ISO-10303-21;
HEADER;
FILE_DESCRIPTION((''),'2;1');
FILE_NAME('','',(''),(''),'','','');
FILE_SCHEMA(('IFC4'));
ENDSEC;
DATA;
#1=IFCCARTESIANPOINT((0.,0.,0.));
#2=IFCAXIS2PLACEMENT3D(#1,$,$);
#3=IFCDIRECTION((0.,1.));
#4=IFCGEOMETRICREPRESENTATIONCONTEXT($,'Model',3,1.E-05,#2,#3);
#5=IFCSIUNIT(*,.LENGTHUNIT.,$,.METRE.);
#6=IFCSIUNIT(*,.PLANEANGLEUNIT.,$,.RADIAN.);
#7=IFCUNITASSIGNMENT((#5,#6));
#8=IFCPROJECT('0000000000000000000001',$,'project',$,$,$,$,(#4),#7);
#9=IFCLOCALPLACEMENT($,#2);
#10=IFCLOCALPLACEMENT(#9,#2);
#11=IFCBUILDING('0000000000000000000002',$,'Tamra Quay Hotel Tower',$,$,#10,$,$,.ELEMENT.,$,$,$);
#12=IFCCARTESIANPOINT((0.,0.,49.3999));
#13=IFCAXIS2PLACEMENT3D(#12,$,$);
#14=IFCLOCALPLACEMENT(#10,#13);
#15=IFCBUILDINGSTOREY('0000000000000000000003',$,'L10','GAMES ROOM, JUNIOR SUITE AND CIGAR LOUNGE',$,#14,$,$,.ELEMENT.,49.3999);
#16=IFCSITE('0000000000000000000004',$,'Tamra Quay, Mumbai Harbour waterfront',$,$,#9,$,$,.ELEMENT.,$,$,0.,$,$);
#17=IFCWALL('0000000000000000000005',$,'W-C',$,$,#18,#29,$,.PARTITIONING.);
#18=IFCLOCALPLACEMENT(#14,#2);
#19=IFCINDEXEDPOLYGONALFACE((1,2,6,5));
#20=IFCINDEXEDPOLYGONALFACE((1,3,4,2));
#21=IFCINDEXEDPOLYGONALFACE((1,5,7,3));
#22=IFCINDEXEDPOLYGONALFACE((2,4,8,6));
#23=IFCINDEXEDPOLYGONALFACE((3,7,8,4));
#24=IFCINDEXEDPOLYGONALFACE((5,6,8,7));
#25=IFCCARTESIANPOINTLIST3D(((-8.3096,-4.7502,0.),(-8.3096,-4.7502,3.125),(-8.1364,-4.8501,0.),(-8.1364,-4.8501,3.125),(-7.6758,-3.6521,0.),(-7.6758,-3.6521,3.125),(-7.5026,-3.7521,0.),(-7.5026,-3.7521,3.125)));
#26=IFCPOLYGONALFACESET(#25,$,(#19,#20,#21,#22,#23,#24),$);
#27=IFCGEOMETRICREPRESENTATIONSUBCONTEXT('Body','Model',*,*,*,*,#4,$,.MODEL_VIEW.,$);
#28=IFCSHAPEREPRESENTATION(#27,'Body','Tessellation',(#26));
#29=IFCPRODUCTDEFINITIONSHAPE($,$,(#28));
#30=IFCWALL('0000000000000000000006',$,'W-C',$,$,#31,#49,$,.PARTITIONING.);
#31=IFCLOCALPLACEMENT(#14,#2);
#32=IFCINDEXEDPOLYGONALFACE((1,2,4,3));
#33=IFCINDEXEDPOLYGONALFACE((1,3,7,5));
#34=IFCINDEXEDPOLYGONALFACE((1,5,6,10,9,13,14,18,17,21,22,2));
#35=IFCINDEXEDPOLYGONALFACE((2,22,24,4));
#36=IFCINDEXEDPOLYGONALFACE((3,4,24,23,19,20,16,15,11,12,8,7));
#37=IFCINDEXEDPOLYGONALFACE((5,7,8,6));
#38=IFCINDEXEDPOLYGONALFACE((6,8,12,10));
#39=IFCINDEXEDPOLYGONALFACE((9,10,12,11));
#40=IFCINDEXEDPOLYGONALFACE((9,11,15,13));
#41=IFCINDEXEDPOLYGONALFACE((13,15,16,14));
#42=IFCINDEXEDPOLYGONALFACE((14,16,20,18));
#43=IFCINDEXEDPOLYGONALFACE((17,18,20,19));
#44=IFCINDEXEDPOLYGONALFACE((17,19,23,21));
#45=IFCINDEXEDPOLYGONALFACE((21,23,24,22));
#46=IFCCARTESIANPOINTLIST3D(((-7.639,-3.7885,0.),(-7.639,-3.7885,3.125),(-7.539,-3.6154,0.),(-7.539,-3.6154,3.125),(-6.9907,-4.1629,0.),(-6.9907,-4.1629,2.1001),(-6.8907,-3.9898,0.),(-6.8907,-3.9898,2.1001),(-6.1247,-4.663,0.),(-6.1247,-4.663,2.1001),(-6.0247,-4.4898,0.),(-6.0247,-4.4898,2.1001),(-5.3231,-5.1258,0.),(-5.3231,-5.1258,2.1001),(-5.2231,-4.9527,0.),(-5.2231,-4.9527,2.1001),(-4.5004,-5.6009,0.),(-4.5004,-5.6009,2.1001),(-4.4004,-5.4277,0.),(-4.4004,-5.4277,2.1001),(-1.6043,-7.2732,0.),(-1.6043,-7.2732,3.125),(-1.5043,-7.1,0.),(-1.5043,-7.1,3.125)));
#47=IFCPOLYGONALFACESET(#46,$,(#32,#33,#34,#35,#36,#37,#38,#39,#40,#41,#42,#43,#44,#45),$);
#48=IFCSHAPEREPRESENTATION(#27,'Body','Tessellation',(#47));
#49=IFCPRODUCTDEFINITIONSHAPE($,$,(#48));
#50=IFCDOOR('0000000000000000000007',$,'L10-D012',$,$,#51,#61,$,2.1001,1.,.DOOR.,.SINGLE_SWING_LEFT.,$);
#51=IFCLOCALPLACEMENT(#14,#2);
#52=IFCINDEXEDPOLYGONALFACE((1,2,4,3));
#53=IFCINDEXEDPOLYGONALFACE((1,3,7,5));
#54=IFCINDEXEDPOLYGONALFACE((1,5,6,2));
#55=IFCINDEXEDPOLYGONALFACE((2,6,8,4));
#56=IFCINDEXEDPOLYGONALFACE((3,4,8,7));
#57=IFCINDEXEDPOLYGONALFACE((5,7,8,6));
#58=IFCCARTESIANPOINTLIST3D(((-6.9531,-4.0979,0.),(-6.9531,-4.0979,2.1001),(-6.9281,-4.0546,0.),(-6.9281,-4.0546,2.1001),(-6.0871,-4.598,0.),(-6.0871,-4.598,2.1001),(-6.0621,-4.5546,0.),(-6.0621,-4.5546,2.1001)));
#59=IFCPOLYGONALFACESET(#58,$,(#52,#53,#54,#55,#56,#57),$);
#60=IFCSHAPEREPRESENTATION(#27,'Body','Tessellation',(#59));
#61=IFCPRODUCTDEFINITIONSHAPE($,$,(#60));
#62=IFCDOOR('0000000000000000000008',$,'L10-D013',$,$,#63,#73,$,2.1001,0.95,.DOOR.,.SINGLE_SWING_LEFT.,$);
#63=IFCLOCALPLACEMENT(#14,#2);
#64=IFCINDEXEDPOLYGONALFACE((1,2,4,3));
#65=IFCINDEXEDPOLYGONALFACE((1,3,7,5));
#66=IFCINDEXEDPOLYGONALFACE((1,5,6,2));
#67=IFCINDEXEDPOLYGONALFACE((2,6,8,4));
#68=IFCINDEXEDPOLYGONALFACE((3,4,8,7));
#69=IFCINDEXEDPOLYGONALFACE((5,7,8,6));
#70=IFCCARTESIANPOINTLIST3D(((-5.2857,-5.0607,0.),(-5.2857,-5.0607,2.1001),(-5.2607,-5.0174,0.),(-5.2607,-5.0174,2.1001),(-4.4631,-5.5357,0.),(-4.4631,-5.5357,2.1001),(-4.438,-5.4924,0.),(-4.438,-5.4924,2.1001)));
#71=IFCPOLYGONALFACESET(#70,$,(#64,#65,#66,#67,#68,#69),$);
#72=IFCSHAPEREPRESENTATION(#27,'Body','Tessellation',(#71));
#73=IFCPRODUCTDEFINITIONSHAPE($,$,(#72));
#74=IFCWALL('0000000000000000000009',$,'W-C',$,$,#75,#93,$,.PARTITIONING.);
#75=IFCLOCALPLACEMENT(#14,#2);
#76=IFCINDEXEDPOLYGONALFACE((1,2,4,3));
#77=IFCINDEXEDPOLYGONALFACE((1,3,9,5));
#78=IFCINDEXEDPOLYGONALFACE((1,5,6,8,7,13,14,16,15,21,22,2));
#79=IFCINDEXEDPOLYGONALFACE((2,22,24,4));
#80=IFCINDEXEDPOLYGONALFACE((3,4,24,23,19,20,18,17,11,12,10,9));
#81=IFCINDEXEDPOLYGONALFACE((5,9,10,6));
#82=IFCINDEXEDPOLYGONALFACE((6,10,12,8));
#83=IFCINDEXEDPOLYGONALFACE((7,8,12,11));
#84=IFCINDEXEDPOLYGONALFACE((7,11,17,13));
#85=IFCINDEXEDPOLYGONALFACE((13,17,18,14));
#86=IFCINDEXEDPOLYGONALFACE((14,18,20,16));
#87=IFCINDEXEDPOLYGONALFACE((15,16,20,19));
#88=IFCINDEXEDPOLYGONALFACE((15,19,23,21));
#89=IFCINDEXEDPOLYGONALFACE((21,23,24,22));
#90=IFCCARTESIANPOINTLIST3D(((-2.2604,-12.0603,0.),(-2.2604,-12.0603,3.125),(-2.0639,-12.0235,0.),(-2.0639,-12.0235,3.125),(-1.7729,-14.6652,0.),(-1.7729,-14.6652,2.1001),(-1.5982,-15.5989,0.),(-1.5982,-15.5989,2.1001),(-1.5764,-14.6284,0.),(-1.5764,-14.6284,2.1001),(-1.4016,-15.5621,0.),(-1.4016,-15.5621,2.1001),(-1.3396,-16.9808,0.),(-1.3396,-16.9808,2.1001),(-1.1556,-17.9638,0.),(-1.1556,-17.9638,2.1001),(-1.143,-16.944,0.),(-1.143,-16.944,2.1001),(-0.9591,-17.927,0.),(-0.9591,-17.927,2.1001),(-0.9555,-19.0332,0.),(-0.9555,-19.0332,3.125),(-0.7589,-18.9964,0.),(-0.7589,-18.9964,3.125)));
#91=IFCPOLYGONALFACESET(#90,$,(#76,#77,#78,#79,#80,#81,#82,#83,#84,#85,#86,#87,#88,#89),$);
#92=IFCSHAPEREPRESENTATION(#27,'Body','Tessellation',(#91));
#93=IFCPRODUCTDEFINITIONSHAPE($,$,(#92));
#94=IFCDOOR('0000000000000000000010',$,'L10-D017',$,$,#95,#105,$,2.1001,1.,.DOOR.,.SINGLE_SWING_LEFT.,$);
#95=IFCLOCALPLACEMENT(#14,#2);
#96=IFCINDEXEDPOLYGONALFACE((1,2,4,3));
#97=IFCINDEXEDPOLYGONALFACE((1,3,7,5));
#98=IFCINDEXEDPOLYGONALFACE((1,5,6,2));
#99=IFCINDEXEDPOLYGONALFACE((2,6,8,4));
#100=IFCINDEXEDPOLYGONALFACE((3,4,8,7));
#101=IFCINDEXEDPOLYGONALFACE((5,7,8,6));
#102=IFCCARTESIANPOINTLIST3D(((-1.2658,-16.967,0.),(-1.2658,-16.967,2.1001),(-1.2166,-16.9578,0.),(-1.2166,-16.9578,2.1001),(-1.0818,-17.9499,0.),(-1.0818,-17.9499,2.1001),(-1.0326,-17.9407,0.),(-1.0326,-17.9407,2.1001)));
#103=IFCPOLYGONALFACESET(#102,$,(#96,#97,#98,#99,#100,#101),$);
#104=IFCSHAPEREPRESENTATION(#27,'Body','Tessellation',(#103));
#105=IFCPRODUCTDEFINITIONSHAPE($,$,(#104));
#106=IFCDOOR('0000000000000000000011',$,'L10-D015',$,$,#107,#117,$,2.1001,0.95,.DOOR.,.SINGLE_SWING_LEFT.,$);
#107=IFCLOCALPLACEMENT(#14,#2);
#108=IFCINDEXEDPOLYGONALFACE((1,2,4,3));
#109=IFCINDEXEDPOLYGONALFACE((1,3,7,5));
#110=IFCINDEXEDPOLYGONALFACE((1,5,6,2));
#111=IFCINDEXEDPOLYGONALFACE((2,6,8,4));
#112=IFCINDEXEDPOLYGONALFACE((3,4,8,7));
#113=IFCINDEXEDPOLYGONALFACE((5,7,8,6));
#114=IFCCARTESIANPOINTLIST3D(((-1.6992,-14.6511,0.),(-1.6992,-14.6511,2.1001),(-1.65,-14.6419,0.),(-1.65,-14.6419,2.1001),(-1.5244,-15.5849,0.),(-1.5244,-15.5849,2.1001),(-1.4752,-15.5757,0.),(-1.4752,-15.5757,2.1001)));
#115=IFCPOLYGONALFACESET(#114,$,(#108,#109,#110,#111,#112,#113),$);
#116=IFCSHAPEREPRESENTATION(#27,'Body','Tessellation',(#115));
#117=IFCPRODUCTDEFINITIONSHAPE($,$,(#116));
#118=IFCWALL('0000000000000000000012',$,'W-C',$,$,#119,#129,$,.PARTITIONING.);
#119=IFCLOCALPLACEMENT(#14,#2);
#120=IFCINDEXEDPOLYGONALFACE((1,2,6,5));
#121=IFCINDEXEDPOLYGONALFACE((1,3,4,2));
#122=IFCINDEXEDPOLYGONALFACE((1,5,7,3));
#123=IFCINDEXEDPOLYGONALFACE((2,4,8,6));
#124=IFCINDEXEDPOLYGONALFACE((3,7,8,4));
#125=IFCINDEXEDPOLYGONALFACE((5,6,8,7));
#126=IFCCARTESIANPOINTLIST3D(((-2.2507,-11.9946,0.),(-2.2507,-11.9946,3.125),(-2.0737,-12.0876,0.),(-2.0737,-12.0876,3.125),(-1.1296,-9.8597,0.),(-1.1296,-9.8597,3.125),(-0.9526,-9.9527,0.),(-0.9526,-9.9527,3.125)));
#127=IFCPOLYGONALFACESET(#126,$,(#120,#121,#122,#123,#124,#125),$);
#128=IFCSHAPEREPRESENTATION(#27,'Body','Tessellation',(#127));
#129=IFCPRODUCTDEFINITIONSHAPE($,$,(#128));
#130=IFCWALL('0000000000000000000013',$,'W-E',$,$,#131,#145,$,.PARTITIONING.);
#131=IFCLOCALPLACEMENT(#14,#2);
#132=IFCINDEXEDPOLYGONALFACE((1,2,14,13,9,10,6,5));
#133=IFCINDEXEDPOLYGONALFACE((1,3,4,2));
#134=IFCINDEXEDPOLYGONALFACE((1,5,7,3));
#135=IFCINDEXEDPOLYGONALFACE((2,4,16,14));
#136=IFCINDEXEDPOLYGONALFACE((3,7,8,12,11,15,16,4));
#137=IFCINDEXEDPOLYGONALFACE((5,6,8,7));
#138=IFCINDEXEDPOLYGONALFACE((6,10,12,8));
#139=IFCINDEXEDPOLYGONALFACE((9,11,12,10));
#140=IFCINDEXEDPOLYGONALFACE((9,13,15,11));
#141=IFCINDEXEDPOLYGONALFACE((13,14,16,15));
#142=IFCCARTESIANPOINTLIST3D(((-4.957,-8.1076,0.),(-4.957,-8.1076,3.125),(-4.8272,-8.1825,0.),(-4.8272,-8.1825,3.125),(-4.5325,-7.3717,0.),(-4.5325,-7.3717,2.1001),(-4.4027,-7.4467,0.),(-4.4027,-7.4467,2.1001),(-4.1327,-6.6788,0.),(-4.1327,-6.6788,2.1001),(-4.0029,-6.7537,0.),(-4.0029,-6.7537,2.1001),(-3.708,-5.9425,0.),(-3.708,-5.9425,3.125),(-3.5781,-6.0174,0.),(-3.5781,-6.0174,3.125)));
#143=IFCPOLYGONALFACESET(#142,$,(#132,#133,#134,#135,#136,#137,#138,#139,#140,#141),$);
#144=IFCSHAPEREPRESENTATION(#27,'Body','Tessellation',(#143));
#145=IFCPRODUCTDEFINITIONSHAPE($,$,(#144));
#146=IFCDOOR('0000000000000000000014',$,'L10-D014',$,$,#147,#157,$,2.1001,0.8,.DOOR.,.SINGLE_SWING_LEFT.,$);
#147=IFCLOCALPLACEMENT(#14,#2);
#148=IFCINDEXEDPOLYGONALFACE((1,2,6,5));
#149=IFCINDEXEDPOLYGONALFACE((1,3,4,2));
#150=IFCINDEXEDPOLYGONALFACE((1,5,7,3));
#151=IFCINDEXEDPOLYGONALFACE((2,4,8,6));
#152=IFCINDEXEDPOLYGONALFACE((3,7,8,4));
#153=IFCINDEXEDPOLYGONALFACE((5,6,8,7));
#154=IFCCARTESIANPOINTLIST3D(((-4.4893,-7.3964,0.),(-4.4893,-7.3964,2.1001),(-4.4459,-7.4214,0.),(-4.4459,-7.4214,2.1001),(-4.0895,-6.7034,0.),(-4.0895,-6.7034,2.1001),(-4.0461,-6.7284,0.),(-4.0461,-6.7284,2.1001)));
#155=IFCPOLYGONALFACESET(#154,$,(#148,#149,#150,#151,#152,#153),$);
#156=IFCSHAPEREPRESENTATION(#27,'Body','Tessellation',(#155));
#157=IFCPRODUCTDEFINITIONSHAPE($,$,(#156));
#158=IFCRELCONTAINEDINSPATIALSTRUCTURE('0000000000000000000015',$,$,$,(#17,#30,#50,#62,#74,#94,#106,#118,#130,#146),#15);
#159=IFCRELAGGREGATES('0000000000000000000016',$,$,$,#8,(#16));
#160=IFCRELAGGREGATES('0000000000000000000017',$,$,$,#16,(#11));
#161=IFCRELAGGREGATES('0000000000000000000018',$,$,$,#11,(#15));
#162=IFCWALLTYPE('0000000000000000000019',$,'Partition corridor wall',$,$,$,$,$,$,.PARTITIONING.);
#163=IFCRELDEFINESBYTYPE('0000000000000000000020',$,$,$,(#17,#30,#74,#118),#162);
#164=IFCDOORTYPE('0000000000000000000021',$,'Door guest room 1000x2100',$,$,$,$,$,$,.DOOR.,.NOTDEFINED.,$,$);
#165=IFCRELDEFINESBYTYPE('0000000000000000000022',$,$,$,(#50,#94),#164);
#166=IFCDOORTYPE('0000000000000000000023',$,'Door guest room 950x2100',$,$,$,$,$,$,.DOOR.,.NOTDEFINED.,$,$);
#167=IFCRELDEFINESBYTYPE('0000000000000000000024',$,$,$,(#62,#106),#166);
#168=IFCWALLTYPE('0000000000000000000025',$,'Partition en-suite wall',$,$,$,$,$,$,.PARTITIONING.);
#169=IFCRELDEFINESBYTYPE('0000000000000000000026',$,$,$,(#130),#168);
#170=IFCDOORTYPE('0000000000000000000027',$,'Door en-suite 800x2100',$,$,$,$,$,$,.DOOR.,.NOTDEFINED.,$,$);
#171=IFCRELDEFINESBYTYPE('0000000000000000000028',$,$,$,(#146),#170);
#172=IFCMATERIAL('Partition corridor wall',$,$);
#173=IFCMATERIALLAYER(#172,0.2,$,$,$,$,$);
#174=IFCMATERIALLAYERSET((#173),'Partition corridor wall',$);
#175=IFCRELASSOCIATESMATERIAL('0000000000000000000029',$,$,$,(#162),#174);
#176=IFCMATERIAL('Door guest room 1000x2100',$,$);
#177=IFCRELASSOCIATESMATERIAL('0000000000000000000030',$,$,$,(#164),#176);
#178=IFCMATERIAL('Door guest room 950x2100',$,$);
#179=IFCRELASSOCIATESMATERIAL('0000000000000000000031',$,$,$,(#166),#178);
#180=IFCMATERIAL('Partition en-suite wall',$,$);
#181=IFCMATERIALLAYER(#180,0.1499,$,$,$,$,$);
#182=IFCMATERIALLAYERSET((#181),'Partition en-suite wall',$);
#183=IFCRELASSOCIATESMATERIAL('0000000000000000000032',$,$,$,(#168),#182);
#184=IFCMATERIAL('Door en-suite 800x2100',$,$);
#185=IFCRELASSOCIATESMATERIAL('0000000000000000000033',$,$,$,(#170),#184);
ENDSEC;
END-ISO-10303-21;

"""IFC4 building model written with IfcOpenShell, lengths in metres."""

from ifc_helpers import new_model, si_unit, direction, frame, frame_2d, origin, place, context, subcontext, project, spatial, rectangle, extrude, material, layer, layer_set, type_object, element, fill, save


model = new_model("IFC4")

# Units and contexts
model_context = context("Model", 3, precision=1e-05, world=origin(), true_north=direction((0.0, 1.0)))
body_context = subcontext(model_context, "Body", "Model", "MODEL_VIEW")
ifc_project = project(units=[si_unit("LENGTHUNIT", "METRE"), si_unit("PLANEANGLEUNIT", "RADIAN")], contexts=[model_context])

# Site, building, storey
site_placement = place(None, origin())
site = spatial("IfcSite", under=ifc_project, at=site_placement, Name="Tamra Quay, Mumbai Harbour waterfront", CompositionType="ELEMENT", RefElevation=0.0)
building_placement = place(site_placement, origin())
building = spatial("IfcBuilding", under=site, at=building_placement, Name="Tamra Quay Hotel Tower", CompositionType="ELEMENT")
storey_placement = place(building_placement, frame((0.0, 0.0, 49.3999)))
storey = spatial("IfcBuildingStorey", under=building, at=storey_placement, Name="L10", Description="GAMES ROOM, JUNIOR SUITE AND CIGAR LOUNGE", CompositionType="ELEMENT", Elevation=49.3999)

# Wall
ifc_material_1 = material(Name="Partition corridor wall")
ifc_layer_1 = layer(ifc_material_1, 0.2)
ifc_layer_set_1 = layer_set([ifc_layer_1], Name="Partition corridor wall")
wall_type_1 = type_object("IfcWallType", Name="Partition corridor wall", PredefinedType="PARTITIONING", material=ifc_layer_set_1)
wall_1_placement = place(storey_placement, frame((-8.2229, -4.8, 0.0), z_axis=(0.0, 0.0, 1.0), x_axis=(0.499867, 0.866102, 0.0)))
element("IfcWall", 1, at=wall_1_placement, inside=storey, type_object=wall_type_1, Name="W-C", PredefinedType="PARTITIONING", context=body_context, shape_type="SweptSolid", body=[
    extrude(rectangle(XDim=1.2678, YDim=0.2, at=frame_2d((0.6338, 0.0))), origin(), (0.0, 0.0, 1.0), 3.125),
])

# Walls, openings, doors
wall_2_placement = place(storey_placement, frame((-7.5891, -3.7019, 0.0), z_axis=(0.0, 0.0, 1.0), x_axis=(0.865994, -0.500054, 0.0)))
wall_2 = element("IfcWall", 2, at=wall_2_placement, inside=storey, type_object=wall_type_1, Name="W-C", PredefinedType="PARTITIONING", context=body_context, shape_type="SweptSolid", body=[
    extrude(rectangle(XDim=6.9685, YDim=0.2, at=frame_2d((3.4844, 0.0))), origin(), (0.0, 0.0, 1.0), 3.125),
])
opening_1_placement = place(wall_2_placement, frame((0.7488, 0.0, 0.0)))
opening_1 = element("IfcOpeningElement", 3, at=opening_1_placement, cuts=wall_2, PredefinedType="OPENING", context=body_context, shape_type="SweptSolid", body=[
    extrude(rectangle(XDim=1.0, YDim=2.1001, at=frame_2d((0.5, 1.05))), frame((0.0, 0.1099, 0.0), z_axis=(0.0, -1.0, 0.0), x_axis=(1.0, 0.0, 0.0)), (0.0, 0.0, 1.0), 0.22),
])
opening_2_placement = place(wall_2_placement, frame((2.6743, 0.0, 0.0)))
opening_2 = element("IfcOpeningElement", 4, at=opening_2_placement, cuts=wall_2, PredefinedType="OPENING", context=body_context, shape_type="SweptSolid", body=[
    extrude(rectangle(XDim=0.95, YDim=2.1001, at=frame_2d((0.4751, 1.05))), frame((0.0, 0.1099, 0.0), z_axis=(0.0, -1.0, 0.0), x_axis=(1.0, 0.0, 0.0)), (0.0, 0.0, 1.0), 0.22),
])
ifc_material_2 = material(Name="Door guest room 1000x2100")
door_type_1 = type_object("IfcDoorType", Name="Door guest room 1000x2100", OperationType="NOTDEFINED", PredefinedType="DOOR", material=ifc_material_2)
door_1_placement = place(opening_1_placement, frame((1.0, 0.0, 0.0), z_axis=(0.0, 0.0, 1.0), x_axis=(-1.0, 0.0, 0.0)))
door_1 = element("IfcDoor", 5, at=door_1_placement, inside=storey, type_object=door_type_1, Name="L10-D012", OperationType="SINGLE_SWING_LEFT", OverallHeight=2.1001, OverallWidth=1.0, PredefinedType="DOOR", context=body_context, shape_type="SweptSolid", body=[
    extrude(rectangle(XDim=1.0, YDim=2.1001, at=frame_2d((0.5, 1.05))), frame((0.0, 0.0249, 0.0), z_axis=(0.0, -1.0, 0.0), x_axis=(1.0, 0.0, 0.0)), (0.0, 0.0, 1.0), 0.05),
])
fill(opening_1, door_1)
ifc_material_3 = material(Name="Door guest room 950x2100")
door_type_2 = type_object("IfcDoorType", Name="Door guest room 950x2100", OperationType="NOTDEFINED", PredefinedType="DOOR", material=ifc_material_3)
door_2_placement = place(opening_2_placement, frame((0.95, 0.0, 0.0), z_axis=(0.0, 0.0, 1.0), x_axis=(-1.0, 0.0, 0.0)))
door_2 = element("IfcDoor", 6, at=door_2_placement, inside=storey, type_object=door_type_2, Name="L10-D013", OperationType="SINGLE_SWING_LEFT", OverallHeight=2.1001, OverallWidth=0.95, PredefinedType="DOOR", context=body_context, shape_type="SweptSolid", body=[
    extrude(rectangle(XDim=0.95, YDim=2.1001, at=frame_2d((0.4751, 1.05))), frame((0.0, 0.0249, 0.0), z_axis=(0.0, -1.0, 0.0), x_axis=(1.0, 0.0, 0.0)), (0.0, 0.0, 1.0), 0.05),
])
fill(opening_2, door_2)
wall_3_placement = place(storey_placement, frame((-2.1621, -12.042, 0.0), z_axis=(0.0, 0.0, 1.0), x_axis=(0.18395, -0.982936, 0.0)))
wall_3 = element("IfcWall", 7, at=wall_3_placement, inside=storey, type_object=wall_type_1, Name="W-C", PredefinedType="PARTITIONING", context=body_context, shape_type="SweptSolid", body=[
    extrude(rectangle(XDim=7.094, YDim=0.2, at=frame_2d((3.5469, 0.0))), origin(), (0.0, 0.0, 1.0), 3.125),
])
opening_3_placement = place(wall_3_placement, frame((2.6499, 0.0, 0.0)))
opening_3 = element("IfcOpeningElement", 8, at=opening_3_placement, cuts=wall_3, PredefinedType="OPENING", context=body_context, shape_type="SweptSolid", body=[
    extrude(rectangle(XDim=0.95, YDim=2.1001, at=frame_2d((0.4751, 1.05))), frame((0.0, 0.1099, 0.0), z_axis=(0.0, -1.0, 0.0), x_axis=(1.0, 0.0, 0.0)), (0.0, 0.0, 1.0), 0.22),
])
opening_4_placement = place(wall_3_placement, frame((5.0059, 0.0, 0.0)))
opening_4 = element("IfcOpeningElement", 9, at=opening_4_placement, cuts=wall_3, PredefinedType="OPENING", context=body_context, shape_type="SweptSolid", body=[
    extrude(rectangle(XDim=1.0, YDim=2.1001, at=frame_2d((0.5, 1.05))), frame((0.0, 0.1099, 0.0), z_axis=(0.0, -1.0, 0.0), x_axis=(1.0, 0.0, 0.0)), (0.0, 0.0, 1.0), 0.22),
])
door_3_placement = place(opening_4_placement, frame((1.0, 0.0, 0.0), z_axis=(0.0, 0.0, 1.0), x_axis=(-1.0, 0.0, 0.0)))
door_3 = element("IfcDoor", 10, at=door_3_placement, inside=storey, type_object=door_type_1, Name="L10-D017", OperationType="SINGLE_SWING_LEFT", OverallHeight=2.1001, OverallWidth=1.0, PredefinedType="DOOR", context=body_context, shape_type="SweptSolid", body=[
    extrude(rectangle(XDim=1.0, YDim=2.1001, at=frame_2d((0.5, 1.05))), frame((0.0, 0.0249, 0.0), z_axis=(0.0, -1.0, 0.0), x_axis=(1.0, 0.0, 0.0)), (0.0, 0.0, 1.0), 0.05),
])
fill(opening_4, door_3)
door_4_placement = place(opening_3_placement, frame((0.95, 0.0, 0.0), z_axis=(0.0, 0.0, 1.0), x_axis=(-1.0, 0.0, 0.0)))
door_4 = element("IfcDoor", 11, at=door_4_placement, inside=storey, type_object=door_type_2, Name="L10-D015", OperationType="SINGLE_SWING_LEFT", OverallHeight=2.1001, OverallWidth=0.95, PredefinedType="DOOR", context=body_context, shape_type="SweptSolid", body=[
    extrude(rectangle(XDim=0.95, YDim=2.1001, at=frame_2d((0.4751, 1.05))), frame((0.0, 0.0249, 0.0), z_axis=(0.0, -1.0, 0.0), x_axis=(1.0, 0.0, 0.0)), (0.0, 0.0, 1.0), 0.05),
])
fill(opening_3, door_4)

# Wall
wall_4_placement = place(storey_placement, frame((-2.1621, -12.041, 0.0), z_axis=(0.0, 0.0, 1.0), x_axis=(0.464903, 0.885361, 0.0)))
element("IfcWall", 12, at=wall_4_placement, inside=storey, type_object=wall_type_1, Name="W-C", PredefinedType="PARTITIONING", context=body_context, shape_type="SweptSolid", body=[
    extrude(rectangle(XDim=2.4114, YDim=0.2, at=frame_2d((1.2056, 0.0))), origin(), (0.0, 0.0, 1.0), 3.125),
])

# Wall, opening, door
ifc_material_4 = material(Name="Partition en-suite wall")
ifc_layer_2 = layer(ifc_material_4, 0.1499)
ifc_layer_set_2 = layer_set([ifc_layer_2], Name="Partition en-suite wall")
wall_type_2 = type_object("IfcWallType", Name="Partition en-suite wall", PredefinedType="PARTITIONING", material=ifc_layer_set_2)
wall_5_placement = place(storey_placement, frame((-4.8921, -8.145, 0.0), z_axis=(0.0, 0.0, 1.0), x_axis=(0.499711, 0.866192, 0.0)))
wall_5 = element("IfcWall", 13, at=wall_5_placement, inside=storey, type_object=wall_type_2, Name="W-E", PredefinedType="PARTITIONING", context=body_context, shape_type="SweptSolid", body=[
    extrude(rectangle(XDim=2.4995, YDim=0.1499, at=frame_2d((1.2498, 0.0))), origin(), (0.0, 0.0, 1.0), 3.125),
])
opening_5_placement = place(wall_5_placement, frame((0.8496, 0.0, 0.0)))
opening_5 = element("IfcOpeningElement", 14, at=opening_5_placement, cuts=wall_5, PredefinedType="OPENING", context=body_context, shape_type="SweptSolid", body=[
    extrude(rectangle(XDim=0.8, YDim=2.1001, at=frame_2d((0.3999, 1.05))), frame((0.0, 0.085, 0.0), z_axis=(0.0, -1.0, 0.0), x_axis=(1.0, 0.0, 0.0)), (0.0, 0.0, 1.0), 0.1699),
])
ifc_material_5 = material(Name="Door en-suite 800x2100")
door_type_3 = type_object("IfcDoorType", Name="Door en-suite 800x2100", OperationType="NOTDEFINED", PredefinedType="DOOR", material=ifc_material_5)
door_5_placement = place(opening_5_placement, frame((0.8, 0.0, 0.0), z_axis=(0.0, 0.0, 1.0), x_axis=(-1.0, 0.0, 0.0)))
door_5 = element("IfcDoor", 15, at=door_5_placement, inside=storey, type_object=door_type_3, Name="L10-D014", OperationType="SINGLE_SWING_LEFT", OverallHeight=2.1001, OverallWidth=0.8, PredefinedType="DOOR", context=body_context, shape_type="SweptSolid", body=[
    extrude(rectangle(XDim=0.8, YDim=2.1001, at=frame_2d((0.3999, 1.05))), frame((0.0, 0.0249, 0.0), z_axis=(0.0, -1.0, 0.0), x_axis=(1.0, 0.0, 0.0)), (0.0, 0.0, 1.0), 0.05),
])
fill(opening_5, door_5)

save(model, "model.ifc")
